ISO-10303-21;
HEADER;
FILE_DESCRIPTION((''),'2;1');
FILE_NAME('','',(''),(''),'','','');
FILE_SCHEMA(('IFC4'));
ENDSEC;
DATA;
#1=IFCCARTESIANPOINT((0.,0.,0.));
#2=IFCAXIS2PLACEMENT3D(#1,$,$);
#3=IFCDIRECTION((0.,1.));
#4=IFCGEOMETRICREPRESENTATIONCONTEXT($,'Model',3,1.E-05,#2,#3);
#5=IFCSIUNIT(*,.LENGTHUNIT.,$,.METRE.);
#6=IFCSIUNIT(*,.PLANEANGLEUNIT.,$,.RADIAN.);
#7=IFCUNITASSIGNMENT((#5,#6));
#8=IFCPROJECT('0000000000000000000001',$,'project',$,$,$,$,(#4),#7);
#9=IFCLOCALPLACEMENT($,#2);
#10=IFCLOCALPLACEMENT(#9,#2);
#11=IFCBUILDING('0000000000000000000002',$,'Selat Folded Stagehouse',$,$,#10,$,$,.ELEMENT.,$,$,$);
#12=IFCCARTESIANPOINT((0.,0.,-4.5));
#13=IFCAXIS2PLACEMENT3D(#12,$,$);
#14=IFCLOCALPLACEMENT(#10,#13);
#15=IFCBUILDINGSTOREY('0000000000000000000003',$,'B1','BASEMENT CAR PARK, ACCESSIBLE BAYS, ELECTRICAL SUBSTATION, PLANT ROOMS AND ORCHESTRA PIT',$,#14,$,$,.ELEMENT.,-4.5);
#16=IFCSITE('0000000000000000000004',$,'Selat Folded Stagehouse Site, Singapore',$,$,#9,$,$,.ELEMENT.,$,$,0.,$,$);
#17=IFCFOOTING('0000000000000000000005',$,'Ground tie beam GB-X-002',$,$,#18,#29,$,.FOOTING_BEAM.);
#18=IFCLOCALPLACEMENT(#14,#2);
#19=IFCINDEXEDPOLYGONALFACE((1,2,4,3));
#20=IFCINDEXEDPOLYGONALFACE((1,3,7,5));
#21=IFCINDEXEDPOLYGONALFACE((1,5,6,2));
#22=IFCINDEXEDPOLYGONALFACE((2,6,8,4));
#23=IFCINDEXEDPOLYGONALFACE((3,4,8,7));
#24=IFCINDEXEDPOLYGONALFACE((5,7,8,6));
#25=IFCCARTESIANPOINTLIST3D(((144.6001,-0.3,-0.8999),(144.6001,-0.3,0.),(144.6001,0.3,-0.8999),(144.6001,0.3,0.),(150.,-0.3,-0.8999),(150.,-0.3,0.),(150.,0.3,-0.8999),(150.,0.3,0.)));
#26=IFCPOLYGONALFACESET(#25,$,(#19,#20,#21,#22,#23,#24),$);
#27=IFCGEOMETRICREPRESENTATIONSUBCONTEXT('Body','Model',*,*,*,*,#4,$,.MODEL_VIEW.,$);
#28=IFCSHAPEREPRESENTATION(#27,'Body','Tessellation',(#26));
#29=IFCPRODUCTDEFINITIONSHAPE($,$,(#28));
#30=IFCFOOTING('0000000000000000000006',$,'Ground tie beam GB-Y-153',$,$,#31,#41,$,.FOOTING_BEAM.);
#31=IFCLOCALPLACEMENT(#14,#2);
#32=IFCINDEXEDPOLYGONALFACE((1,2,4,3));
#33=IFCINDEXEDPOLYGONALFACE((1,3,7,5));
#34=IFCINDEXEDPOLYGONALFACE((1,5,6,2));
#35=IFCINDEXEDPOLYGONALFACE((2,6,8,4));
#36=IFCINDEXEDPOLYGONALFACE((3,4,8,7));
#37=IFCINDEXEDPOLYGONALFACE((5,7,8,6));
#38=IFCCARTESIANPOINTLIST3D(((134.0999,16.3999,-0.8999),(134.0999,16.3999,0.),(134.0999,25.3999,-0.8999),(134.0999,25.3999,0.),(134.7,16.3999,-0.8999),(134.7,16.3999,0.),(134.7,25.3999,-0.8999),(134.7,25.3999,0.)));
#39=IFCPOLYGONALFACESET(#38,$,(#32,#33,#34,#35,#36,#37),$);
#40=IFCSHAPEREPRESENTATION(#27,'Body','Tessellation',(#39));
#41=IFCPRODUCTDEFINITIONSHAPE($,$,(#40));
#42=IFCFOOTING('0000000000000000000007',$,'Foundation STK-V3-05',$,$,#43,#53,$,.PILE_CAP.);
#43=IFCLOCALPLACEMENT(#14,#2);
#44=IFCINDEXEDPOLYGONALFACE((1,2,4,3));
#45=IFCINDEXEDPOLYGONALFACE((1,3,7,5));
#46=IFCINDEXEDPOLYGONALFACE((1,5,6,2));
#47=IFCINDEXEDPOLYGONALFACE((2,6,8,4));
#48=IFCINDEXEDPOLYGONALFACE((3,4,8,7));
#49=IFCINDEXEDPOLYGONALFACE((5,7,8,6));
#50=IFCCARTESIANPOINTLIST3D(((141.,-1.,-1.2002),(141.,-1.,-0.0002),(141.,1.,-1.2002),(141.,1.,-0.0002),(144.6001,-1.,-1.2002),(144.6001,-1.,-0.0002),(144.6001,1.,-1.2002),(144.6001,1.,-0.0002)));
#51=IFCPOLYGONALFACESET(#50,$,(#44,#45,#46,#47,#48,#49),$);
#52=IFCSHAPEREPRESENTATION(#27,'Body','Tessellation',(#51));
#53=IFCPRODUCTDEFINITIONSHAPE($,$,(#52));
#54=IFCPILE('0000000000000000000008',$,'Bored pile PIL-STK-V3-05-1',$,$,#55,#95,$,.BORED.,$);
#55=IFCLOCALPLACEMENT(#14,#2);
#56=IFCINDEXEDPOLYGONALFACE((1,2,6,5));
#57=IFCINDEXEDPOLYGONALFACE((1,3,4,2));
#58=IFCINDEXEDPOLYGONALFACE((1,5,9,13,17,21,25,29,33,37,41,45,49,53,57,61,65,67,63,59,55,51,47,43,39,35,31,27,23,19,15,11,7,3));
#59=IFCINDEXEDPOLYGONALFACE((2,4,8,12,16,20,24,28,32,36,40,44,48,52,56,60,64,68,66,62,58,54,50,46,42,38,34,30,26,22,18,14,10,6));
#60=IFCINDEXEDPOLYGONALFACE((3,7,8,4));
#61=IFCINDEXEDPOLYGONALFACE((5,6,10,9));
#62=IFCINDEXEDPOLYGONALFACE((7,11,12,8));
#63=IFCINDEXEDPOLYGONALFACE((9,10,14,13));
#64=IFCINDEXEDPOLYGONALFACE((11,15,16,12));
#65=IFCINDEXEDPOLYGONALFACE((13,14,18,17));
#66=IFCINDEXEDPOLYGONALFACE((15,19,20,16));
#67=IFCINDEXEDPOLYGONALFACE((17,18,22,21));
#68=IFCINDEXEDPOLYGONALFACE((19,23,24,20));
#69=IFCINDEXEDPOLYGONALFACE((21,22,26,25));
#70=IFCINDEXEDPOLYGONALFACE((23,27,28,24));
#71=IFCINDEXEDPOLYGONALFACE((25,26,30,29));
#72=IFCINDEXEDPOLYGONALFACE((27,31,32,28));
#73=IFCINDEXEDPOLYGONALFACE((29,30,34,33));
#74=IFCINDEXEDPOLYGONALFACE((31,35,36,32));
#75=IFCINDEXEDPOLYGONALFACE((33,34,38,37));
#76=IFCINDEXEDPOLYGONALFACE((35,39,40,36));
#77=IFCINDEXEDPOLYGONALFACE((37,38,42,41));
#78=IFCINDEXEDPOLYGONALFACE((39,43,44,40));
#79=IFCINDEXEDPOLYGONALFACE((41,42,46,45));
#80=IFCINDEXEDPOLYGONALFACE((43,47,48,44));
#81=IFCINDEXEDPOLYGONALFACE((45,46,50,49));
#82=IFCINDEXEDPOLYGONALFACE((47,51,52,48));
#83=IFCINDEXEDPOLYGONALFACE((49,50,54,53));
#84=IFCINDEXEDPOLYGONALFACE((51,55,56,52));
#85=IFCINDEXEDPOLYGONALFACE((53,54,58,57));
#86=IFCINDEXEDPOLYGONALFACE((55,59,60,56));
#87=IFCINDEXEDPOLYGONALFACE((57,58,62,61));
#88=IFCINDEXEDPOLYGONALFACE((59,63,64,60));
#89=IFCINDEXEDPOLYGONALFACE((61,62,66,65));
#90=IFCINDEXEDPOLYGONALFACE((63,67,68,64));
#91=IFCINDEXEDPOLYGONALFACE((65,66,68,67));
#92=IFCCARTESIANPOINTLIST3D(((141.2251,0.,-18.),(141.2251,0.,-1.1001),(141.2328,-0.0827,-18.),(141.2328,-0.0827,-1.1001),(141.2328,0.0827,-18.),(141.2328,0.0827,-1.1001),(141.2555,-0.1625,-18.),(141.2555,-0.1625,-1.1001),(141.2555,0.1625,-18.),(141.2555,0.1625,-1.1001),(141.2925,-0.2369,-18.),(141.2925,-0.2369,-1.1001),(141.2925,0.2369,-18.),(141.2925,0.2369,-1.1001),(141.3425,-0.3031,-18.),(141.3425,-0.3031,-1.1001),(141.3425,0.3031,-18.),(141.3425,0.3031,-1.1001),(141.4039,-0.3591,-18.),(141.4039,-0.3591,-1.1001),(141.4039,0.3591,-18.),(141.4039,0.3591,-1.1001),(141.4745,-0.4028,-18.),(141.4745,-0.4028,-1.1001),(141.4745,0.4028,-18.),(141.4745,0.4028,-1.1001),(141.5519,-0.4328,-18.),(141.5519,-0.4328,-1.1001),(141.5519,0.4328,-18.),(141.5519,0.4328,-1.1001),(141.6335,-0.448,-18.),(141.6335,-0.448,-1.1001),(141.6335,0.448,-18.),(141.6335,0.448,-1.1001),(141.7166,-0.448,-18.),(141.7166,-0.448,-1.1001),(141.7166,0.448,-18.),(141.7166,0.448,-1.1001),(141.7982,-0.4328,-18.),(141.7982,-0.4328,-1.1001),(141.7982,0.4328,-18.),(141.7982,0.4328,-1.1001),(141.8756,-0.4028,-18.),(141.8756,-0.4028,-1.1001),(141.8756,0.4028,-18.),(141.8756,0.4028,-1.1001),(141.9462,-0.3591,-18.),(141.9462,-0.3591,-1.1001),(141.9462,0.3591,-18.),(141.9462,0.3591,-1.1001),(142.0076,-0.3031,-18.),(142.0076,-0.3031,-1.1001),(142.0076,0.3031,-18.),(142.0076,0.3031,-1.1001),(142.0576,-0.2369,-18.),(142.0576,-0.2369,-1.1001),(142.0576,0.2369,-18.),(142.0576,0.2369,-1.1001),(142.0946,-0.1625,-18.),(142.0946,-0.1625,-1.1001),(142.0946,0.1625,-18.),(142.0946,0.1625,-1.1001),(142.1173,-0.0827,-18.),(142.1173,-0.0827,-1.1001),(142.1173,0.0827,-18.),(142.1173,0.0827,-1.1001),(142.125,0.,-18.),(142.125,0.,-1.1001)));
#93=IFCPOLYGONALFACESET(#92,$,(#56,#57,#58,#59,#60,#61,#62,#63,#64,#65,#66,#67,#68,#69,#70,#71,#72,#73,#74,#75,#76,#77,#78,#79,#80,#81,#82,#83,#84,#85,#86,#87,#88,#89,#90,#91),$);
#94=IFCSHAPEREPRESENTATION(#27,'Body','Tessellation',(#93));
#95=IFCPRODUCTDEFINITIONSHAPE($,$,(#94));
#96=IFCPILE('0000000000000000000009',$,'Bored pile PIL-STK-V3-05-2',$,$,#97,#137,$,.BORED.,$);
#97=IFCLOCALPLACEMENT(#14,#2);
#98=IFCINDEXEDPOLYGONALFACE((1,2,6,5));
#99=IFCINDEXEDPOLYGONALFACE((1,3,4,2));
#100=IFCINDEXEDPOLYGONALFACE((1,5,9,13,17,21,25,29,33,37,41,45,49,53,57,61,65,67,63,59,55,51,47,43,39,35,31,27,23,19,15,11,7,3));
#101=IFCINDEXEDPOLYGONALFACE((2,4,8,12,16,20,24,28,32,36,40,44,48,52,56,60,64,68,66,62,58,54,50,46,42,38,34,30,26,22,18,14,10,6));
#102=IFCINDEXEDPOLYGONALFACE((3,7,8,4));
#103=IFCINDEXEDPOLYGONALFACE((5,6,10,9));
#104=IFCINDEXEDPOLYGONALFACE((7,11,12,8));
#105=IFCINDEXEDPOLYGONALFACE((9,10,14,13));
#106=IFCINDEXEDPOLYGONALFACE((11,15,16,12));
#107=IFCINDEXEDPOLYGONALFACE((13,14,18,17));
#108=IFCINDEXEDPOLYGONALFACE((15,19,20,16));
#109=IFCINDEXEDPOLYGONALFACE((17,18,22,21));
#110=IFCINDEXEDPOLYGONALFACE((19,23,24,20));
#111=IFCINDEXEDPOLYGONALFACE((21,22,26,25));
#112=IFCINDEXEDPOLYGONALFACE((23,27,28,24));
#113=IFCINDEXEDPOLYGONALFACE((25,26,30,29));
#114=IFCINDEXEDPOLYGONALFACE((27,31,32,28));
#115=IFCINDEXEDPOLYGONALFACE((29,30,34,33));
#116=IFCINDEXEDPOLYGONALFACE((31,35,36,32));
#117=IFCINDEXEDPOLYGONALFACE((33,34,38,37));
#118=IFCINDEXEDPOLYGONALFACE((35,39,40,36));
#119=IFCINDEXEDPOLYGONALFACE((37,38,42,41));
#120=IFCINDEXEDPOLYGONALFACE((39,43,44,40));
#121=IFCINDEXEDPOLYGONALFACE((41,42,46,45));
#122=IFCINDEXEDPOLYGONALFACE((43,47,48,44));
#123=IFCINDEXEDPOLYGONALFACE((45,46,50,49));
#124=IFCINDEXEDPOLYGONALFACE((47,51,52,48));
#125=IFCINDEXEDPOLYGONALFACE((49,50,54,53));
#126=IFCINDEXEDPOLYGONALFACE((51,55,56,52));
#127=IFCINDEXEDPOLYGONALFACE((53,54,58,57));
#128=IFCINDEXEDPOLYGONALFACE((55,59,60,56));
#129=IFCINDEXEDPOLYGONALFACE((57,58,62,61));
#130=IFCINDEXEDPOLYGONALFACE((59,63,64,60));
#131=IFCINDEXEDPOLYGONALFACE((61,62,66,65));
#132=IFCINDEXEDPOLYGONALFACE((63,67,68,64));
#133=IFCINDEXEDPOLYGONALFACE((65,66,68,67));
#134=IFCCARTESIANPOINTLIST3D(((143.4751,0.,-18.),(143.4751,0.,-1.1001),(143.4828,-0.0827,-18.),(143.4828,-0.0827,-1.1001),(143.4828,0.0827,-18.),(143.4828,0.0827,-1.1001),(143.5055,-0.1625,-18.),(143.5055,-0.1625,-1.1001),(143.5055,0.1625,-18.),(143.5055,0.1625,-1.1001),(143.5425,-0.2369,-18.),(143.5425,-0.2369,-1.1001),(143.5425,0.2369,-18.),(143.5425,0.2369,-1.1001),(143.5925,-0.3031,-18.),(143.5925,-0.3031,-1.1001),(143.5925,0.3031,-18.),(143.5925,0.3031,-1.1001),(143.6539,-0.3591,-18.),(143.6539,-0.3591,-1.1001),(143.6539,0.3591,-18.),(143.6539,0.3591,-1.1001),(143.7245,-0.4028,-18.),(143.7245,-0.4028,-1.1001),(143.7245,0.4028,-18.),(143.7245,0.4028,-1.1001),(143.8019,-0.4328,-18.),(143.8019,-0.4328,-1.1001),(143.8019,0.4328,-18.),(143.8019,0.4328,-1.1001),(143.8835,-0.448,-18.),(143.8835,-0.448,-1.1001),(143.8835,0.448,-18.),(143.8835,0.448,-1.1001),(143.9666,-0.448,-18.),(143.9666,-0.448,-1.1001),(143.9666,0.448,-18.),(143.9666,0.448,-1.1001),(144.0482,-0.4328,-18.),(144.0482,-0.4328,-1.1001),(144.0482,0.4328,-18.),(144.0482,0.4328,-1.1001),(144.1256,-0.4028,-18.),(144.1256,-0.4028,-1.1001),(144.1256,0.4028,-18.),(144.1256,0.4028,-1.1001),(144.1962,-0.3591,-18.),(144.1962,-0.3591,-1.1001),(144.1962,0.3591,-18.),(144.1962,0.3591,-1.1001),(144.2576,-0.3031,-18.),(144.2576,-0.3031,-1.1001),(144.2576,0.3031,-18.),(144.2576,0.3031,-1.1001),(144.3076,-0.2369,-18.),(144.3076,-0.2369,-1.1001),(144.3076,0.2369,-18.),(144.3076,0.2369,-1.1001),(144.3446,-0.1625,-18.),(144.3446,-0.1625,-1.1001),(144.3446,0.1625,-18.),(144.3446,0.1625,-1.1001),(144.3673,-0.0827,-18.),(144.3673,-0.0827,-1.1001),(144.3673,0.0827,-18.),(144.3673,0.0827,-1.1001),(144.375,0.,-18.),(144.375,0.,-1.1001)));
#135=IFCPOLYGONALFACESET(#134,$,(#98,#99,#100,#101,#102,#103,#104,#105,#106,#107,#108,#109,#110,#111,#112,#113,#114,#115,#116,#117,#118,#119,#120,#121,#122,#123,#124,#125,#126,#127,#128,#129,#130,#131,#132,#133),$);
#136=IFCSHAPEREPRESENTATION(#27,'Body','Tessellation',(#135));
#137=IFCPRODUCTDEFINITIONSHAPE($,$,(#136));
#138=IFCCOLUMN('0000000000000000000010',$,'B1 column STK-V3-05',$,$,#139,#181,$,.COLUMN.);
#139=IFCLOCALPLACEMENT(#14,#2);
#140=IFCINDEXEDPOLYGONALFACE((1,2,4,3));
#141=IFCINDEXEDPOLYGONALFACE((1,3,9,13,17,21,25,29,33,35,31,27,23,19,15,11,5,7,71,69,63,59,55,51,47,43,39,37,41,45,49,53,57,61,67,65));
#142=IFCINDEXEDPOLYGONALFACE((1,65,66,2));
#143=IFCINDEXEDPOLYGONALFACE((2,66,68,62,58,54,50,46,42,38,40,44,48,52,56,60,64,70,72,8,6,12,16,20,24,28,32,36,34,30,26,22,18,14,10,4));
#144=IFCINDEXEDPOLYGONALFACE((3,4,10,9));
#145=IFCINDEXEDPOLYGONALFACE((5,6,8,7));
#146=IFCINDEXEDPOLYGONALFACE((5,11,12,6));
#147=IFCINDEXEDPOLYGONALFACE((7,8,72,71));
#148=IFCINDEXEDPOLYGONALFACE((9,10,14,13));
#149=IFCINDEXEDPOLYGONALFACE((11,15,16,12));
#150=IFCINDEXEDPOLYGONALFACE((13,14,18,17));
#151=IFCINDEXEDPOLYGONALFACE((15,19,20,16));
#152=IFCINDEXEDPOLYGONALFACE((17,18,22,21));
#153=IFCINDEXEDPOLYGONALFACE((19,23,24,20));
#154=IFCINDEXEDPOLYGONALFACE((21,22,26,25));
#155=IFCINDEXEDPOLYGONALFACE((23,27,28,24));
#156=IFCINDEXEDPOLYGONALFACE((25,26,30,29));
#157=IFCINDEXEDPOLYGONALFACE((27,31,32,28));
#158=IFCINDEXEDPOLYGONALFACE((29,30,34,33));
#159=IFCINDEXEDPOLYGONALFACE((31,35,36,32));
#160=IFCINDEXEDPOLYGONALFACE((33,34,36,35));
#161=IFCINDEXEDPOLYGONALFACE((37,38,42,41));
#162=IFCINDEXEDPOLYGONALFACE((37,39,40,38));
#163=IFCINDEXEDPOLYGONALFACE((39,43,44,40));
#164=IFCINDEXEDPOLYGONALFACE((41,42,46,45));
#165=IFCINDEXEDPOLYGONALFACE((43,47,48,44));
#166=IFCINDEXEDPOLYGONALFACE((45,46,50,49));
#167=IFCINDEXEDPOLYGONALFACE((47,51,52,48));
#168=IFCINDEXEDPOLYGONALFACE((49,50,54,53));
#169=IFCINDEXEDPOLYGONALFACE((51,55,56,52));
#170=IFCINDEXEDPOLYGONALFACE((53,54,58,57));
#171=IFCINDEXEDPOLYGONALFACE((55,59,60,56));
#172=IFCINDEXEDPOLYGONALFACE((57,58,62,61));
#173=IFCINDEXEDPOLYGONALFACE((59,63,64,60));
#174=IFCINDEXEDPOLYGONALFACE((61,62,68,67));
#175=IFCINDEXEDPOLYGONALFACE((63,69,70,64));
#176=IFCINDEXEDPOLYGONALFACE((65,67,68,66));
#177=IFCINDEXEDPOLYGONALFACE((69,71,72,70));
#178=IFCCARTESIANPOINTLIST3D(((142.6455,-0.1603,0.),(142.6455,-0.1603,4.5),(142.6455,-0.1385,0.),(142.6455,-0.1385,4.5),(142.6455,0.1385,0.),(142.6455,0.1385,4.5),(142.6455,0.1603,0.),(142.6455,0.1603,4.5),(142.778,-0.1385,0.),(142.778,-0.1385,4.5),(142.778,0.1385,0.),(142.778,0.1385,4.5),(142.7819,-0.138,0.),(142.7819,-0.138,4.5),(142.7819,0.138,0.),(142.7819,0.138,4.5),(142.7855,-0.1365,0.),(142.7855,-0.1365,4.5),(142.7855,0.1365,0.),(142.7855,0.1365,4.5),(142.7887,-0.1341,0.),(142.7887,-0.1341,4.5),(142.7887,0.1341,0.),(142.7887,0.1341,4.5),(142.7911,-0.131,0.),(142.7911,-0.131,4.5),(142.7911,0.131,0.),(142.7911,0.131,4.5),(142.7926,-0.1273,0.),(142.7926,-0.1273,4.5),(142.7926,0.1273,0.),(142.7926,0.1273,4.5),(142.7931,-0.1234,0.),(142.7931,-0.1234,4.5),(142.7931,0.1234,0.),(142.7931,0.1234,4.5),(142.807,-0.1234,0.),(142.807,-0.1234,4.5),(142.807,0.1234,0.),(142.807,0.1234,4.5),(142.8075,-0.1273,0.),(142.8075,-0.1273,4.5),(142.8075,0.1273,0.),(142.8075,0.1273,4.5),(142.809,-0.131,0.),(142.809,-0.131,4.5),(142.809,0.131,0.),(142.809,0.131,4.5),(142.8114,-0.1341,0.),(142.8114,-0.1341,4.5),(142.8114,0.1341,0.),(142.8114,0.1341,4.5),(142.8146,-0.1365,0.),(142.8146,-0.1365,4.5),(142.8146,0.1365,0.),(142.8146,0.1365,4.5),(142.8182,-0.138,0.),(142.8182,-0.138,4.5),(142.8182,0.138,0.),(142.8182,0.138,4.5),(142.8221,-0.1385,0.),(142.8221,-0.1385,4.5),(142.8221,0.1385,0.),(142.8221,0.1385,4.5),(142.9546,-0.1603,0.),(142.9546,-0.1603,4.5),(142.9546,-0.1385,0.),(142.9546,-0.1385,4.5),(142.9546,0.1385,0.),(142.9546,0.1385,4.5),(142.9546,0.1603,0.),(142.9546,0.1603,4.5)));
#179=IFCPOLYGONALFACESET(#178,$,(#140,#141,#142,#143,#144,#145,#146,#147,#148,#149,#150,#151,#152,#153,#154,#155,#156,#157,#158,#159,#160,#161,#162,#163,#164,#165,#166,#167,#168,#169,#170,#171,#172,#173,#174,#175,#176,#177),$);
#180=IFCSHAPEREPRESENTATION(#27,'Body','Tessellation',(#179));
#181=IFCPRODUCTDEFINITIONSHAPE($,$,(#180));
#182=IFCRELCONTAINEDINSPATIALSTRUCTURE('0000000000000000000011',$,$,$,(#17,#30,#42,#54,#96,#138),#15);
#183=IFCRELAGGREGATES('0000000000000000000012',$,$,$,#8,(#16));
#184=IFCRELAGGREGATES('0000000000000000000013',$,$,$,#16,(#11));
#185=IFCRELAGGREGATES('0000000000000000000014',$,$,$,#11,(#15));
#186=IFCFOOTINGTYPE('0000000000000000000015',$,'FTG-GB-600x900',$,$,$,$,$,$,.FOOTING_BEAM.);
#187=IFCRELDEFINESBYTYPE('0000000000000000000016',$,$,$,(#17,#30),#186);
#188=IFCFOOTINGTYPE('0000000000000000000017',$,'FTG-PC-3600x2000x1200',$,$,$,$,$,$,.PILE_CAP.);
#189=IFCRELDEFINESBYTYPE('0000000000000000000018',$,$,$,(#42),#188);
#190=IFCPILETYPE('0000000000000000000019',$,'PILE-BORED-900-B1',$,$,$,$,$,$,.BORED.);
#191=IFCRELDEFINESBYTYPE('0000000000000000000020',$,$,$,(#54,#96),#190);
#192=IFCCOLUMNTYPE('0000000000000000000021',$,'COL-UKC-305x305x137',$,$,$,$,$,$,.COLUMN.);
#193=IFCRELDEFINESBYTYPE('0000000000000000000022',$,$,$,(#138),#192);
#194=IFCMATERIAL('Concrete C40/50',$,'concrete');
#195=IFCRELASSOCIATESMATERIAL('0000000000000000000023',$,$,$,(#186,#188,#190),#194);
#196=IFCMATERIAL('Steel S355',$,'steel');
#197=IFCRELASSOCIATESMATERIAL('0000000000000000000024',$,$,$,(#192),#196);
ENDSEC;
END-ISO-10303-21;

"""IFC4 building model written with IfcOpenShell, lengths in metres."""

from ifc_helpers import new_model, si_unit, direction, frame, origin, origin_2d, place, context, subcontext, project, spatial, rectangle, circle, i_section, extrude, material, material_profile, profile_set, type_object, element, save


model = new_model("IFC4")

# Units and contexts
model_context = context("Model", 3, precision=1e-05, world=origin(), true_north=direction((0.0, 1.0)))
body_context = subcontext(model_context, "Body", "Model", "MODEL_VIEW")
ifc_project = project(units=[si_unit("LENGTHUNIT", "METRE"), si_unit("PLANEANGLEUNIT", "RADIAN")], contexts=[model_context])

# Site, building, storey
site_placement = place(None, origin())
site = spatial("IfcSite", under=ifc_project, at=site_placement, Name="Selat Folded Stagehouse Site, Singapore", CompositionType="ELEMENT", RefElevation=0.0)
building_placement = place(site_placement, origin())
building = spatial("IfcBuilding", under=site, at=building_placement, Name="Selat Folded Stagehouse", CompositionType="ELEMENT")
storey_placement = place(building_placement, frame((0.0, 0.0, -4.5)))
storey = spatial("IfcBuildingStorey", under=building, at=storey_placement, Name="B1", Description="BASEMENT CAR PARK, ACCESSIBLE BAYS, ELECTRICAL SUBSTATION, PLANT ROOMS AND ORCHESTRA PIT", CompositionType="ELEMENT", Elevation=-4.5)

# Footings
ifc_material_1 = material(Name="Concrete C40/50", Category="concrete")
ifc_material_profile_1 = material_profile(ifc_material_1, rectangle(XDim=0.6001, YDim=0.8999, at=origin_2d()), Name="RC 900x600")
ifc_profile_set_1 = profile_set([ifc_material_profile_1], Name="Concrete C40/50")
footing_type_1 = type_object("IfcFootingType", Name="FTG-GB-600x900", PredefinedType="FOOTING_BEAM", material=ifc_profile_set_1)
footing_1_placement = place(storey_placement, frame((144.6001, 0.0, -0.45), z_axis=(1.0, 0.0, 0.0), x_axis=(0.0, 1.0, 0.0)))
element("IfcFooting", 1, at=footing_1_placement, inside=storey, type_object=footing_type_1, Name="Ground tie beam GB-X-002", PredefinedType="FOOTING_BEAM", context=body_context, shape_type="SweptSolid", body=[
    extrude(rectangle(XDim=0.6001, YDim=0.8999, at=origin_2d()), origin(), (0.0, 0.0, 1.0), 5.3999),
])
footing_2_placement = place(storey_placement, frame((134.3999, 16.3999, -0.45), z_axis=(0.0, 1.0, 0.0), x_axis=(-1.0, 0.0, 0.0)))
element("IfcFooting", 2, at=footing_2_placement, inside=storey, type_object=footing_type_1, Name="Ground tie beam GB-Y-153", PredefinedType="FOOTING_BEAM", context=body_context, shape_type="SweptSolid", body=[
    extrude(rectangle(XDim=0.6001, YDim=0.8999, at=origin_2d()), origin(), (0.0, 0.0, 1.0), 9.0),
])
footing_type_2 = type_object("IfcFootingType", Name="FTG-PC-3600x2000x1200", PredefinedType="PILE_CAP", material=ifc_material_1)
footing_3_placement = place(storey_placement, frame((142.8, 0.0, -1.2002), z_axis=(0.0, 0.0, 1.0), x_axis=(1.0, 0.0, 0.0)))
element("IfcFooting", 3, at=footing_3_placement, inside=storey, type_object=footing_type_2, Name="Foundation STK-V3-05", PredefinedType="PILE_CAP", context=body_context, shape_type="SweptSolid", body=[
    extrude(rectangle(XDim=3.6001, YDim=2.0, at=origin_2d()), origin(), (0.0, 0.0, 1.0), 1.2),
])

# Piles
ifc_material_profile_2 = material_profile(ifc_material_1, circle(Radius=0.45, at=origin_2d()), Name="PILE D900")
ifc_profile_set_2 = profile_set([ifc_material_profile_2], Name="Concrete C40/50")
pile_type = type_object("IfcPileType", Name="PILE-BORED-900-B1", PredefinedType="BORED", material=ifc_profile_set_2)
for number, where, z_axis, x_axis, name in (
    (4, (141.675, 0.0, -1.1001), (0.0, 0.0, -1.0), (1.0, 0.0, 0.0), "Bored pile PIL-STK-V3-05-1"),
    (5, (143.925, 0.0, -1.1001), (0.0, 0.0, -1.0), (1.0, 0.0, 0.0), "Bored pile PIL-STK-V3-05-2"),
):
    element("IfcPile", number, at=place(storey_placement, frame(where, z_axis=z_axis, x_axis=x_axis)), inside=storey, type_object=pile_type, Name=name, PredefinedType="BORED", context=body_context, shape_type="SweptSolid", body=[
        extrude(circle(Radius=0.45, at=origin_2d()), origin(), (0.0, 0.0, 1.0), 16.8999),
    ])

# Column
ifc_material_2 = material(Name="Steel S355", Category="steel")
ifc_material_profile_3 = material_profile(ifc_material_2, i_section(OverallWidth=0.3091, OverallDepth=0.3206, WebThickness=0.0139, FlangeThickness=0.0217, FilletRadius=0.0151, at=origin_2d()), Name="UKC 305x305x137")
ifc_profile_set_3 = profile_set([ifc_material_profile_3], Name="Steel S355")
column_type_1 = type_object("IfcColumnType", Name="COL-UKC-305x305x137", PredefinedType="COLUMN", material=ifc_profile_set_3)
column_1_placement = place(storey_placement, frame((142.8, 0.0, 0.0), z_axis=(0.0, 0.0, 1.0), x_axis=(1.0, 0.0, 0.0)))
element("IfcColumn", 6, at=column_1_placement, inside=storey, type_object=column_type_1, Name="B1 column STK-V3-05", PredefinedType="COLUMN", context=body_context, shape_type="SweptSolid", body=[
    extrude(i_section(OverallWidth=0.3091, OverallDepth=0.3206, WebThickness=0.0139, FlangeThickness=0.0217, FilletRadius=0.0151, at=origin_2d()), origin(), (0.0, 0.0, 1.0), 4.5),
])

save(model, "model.ifc")
